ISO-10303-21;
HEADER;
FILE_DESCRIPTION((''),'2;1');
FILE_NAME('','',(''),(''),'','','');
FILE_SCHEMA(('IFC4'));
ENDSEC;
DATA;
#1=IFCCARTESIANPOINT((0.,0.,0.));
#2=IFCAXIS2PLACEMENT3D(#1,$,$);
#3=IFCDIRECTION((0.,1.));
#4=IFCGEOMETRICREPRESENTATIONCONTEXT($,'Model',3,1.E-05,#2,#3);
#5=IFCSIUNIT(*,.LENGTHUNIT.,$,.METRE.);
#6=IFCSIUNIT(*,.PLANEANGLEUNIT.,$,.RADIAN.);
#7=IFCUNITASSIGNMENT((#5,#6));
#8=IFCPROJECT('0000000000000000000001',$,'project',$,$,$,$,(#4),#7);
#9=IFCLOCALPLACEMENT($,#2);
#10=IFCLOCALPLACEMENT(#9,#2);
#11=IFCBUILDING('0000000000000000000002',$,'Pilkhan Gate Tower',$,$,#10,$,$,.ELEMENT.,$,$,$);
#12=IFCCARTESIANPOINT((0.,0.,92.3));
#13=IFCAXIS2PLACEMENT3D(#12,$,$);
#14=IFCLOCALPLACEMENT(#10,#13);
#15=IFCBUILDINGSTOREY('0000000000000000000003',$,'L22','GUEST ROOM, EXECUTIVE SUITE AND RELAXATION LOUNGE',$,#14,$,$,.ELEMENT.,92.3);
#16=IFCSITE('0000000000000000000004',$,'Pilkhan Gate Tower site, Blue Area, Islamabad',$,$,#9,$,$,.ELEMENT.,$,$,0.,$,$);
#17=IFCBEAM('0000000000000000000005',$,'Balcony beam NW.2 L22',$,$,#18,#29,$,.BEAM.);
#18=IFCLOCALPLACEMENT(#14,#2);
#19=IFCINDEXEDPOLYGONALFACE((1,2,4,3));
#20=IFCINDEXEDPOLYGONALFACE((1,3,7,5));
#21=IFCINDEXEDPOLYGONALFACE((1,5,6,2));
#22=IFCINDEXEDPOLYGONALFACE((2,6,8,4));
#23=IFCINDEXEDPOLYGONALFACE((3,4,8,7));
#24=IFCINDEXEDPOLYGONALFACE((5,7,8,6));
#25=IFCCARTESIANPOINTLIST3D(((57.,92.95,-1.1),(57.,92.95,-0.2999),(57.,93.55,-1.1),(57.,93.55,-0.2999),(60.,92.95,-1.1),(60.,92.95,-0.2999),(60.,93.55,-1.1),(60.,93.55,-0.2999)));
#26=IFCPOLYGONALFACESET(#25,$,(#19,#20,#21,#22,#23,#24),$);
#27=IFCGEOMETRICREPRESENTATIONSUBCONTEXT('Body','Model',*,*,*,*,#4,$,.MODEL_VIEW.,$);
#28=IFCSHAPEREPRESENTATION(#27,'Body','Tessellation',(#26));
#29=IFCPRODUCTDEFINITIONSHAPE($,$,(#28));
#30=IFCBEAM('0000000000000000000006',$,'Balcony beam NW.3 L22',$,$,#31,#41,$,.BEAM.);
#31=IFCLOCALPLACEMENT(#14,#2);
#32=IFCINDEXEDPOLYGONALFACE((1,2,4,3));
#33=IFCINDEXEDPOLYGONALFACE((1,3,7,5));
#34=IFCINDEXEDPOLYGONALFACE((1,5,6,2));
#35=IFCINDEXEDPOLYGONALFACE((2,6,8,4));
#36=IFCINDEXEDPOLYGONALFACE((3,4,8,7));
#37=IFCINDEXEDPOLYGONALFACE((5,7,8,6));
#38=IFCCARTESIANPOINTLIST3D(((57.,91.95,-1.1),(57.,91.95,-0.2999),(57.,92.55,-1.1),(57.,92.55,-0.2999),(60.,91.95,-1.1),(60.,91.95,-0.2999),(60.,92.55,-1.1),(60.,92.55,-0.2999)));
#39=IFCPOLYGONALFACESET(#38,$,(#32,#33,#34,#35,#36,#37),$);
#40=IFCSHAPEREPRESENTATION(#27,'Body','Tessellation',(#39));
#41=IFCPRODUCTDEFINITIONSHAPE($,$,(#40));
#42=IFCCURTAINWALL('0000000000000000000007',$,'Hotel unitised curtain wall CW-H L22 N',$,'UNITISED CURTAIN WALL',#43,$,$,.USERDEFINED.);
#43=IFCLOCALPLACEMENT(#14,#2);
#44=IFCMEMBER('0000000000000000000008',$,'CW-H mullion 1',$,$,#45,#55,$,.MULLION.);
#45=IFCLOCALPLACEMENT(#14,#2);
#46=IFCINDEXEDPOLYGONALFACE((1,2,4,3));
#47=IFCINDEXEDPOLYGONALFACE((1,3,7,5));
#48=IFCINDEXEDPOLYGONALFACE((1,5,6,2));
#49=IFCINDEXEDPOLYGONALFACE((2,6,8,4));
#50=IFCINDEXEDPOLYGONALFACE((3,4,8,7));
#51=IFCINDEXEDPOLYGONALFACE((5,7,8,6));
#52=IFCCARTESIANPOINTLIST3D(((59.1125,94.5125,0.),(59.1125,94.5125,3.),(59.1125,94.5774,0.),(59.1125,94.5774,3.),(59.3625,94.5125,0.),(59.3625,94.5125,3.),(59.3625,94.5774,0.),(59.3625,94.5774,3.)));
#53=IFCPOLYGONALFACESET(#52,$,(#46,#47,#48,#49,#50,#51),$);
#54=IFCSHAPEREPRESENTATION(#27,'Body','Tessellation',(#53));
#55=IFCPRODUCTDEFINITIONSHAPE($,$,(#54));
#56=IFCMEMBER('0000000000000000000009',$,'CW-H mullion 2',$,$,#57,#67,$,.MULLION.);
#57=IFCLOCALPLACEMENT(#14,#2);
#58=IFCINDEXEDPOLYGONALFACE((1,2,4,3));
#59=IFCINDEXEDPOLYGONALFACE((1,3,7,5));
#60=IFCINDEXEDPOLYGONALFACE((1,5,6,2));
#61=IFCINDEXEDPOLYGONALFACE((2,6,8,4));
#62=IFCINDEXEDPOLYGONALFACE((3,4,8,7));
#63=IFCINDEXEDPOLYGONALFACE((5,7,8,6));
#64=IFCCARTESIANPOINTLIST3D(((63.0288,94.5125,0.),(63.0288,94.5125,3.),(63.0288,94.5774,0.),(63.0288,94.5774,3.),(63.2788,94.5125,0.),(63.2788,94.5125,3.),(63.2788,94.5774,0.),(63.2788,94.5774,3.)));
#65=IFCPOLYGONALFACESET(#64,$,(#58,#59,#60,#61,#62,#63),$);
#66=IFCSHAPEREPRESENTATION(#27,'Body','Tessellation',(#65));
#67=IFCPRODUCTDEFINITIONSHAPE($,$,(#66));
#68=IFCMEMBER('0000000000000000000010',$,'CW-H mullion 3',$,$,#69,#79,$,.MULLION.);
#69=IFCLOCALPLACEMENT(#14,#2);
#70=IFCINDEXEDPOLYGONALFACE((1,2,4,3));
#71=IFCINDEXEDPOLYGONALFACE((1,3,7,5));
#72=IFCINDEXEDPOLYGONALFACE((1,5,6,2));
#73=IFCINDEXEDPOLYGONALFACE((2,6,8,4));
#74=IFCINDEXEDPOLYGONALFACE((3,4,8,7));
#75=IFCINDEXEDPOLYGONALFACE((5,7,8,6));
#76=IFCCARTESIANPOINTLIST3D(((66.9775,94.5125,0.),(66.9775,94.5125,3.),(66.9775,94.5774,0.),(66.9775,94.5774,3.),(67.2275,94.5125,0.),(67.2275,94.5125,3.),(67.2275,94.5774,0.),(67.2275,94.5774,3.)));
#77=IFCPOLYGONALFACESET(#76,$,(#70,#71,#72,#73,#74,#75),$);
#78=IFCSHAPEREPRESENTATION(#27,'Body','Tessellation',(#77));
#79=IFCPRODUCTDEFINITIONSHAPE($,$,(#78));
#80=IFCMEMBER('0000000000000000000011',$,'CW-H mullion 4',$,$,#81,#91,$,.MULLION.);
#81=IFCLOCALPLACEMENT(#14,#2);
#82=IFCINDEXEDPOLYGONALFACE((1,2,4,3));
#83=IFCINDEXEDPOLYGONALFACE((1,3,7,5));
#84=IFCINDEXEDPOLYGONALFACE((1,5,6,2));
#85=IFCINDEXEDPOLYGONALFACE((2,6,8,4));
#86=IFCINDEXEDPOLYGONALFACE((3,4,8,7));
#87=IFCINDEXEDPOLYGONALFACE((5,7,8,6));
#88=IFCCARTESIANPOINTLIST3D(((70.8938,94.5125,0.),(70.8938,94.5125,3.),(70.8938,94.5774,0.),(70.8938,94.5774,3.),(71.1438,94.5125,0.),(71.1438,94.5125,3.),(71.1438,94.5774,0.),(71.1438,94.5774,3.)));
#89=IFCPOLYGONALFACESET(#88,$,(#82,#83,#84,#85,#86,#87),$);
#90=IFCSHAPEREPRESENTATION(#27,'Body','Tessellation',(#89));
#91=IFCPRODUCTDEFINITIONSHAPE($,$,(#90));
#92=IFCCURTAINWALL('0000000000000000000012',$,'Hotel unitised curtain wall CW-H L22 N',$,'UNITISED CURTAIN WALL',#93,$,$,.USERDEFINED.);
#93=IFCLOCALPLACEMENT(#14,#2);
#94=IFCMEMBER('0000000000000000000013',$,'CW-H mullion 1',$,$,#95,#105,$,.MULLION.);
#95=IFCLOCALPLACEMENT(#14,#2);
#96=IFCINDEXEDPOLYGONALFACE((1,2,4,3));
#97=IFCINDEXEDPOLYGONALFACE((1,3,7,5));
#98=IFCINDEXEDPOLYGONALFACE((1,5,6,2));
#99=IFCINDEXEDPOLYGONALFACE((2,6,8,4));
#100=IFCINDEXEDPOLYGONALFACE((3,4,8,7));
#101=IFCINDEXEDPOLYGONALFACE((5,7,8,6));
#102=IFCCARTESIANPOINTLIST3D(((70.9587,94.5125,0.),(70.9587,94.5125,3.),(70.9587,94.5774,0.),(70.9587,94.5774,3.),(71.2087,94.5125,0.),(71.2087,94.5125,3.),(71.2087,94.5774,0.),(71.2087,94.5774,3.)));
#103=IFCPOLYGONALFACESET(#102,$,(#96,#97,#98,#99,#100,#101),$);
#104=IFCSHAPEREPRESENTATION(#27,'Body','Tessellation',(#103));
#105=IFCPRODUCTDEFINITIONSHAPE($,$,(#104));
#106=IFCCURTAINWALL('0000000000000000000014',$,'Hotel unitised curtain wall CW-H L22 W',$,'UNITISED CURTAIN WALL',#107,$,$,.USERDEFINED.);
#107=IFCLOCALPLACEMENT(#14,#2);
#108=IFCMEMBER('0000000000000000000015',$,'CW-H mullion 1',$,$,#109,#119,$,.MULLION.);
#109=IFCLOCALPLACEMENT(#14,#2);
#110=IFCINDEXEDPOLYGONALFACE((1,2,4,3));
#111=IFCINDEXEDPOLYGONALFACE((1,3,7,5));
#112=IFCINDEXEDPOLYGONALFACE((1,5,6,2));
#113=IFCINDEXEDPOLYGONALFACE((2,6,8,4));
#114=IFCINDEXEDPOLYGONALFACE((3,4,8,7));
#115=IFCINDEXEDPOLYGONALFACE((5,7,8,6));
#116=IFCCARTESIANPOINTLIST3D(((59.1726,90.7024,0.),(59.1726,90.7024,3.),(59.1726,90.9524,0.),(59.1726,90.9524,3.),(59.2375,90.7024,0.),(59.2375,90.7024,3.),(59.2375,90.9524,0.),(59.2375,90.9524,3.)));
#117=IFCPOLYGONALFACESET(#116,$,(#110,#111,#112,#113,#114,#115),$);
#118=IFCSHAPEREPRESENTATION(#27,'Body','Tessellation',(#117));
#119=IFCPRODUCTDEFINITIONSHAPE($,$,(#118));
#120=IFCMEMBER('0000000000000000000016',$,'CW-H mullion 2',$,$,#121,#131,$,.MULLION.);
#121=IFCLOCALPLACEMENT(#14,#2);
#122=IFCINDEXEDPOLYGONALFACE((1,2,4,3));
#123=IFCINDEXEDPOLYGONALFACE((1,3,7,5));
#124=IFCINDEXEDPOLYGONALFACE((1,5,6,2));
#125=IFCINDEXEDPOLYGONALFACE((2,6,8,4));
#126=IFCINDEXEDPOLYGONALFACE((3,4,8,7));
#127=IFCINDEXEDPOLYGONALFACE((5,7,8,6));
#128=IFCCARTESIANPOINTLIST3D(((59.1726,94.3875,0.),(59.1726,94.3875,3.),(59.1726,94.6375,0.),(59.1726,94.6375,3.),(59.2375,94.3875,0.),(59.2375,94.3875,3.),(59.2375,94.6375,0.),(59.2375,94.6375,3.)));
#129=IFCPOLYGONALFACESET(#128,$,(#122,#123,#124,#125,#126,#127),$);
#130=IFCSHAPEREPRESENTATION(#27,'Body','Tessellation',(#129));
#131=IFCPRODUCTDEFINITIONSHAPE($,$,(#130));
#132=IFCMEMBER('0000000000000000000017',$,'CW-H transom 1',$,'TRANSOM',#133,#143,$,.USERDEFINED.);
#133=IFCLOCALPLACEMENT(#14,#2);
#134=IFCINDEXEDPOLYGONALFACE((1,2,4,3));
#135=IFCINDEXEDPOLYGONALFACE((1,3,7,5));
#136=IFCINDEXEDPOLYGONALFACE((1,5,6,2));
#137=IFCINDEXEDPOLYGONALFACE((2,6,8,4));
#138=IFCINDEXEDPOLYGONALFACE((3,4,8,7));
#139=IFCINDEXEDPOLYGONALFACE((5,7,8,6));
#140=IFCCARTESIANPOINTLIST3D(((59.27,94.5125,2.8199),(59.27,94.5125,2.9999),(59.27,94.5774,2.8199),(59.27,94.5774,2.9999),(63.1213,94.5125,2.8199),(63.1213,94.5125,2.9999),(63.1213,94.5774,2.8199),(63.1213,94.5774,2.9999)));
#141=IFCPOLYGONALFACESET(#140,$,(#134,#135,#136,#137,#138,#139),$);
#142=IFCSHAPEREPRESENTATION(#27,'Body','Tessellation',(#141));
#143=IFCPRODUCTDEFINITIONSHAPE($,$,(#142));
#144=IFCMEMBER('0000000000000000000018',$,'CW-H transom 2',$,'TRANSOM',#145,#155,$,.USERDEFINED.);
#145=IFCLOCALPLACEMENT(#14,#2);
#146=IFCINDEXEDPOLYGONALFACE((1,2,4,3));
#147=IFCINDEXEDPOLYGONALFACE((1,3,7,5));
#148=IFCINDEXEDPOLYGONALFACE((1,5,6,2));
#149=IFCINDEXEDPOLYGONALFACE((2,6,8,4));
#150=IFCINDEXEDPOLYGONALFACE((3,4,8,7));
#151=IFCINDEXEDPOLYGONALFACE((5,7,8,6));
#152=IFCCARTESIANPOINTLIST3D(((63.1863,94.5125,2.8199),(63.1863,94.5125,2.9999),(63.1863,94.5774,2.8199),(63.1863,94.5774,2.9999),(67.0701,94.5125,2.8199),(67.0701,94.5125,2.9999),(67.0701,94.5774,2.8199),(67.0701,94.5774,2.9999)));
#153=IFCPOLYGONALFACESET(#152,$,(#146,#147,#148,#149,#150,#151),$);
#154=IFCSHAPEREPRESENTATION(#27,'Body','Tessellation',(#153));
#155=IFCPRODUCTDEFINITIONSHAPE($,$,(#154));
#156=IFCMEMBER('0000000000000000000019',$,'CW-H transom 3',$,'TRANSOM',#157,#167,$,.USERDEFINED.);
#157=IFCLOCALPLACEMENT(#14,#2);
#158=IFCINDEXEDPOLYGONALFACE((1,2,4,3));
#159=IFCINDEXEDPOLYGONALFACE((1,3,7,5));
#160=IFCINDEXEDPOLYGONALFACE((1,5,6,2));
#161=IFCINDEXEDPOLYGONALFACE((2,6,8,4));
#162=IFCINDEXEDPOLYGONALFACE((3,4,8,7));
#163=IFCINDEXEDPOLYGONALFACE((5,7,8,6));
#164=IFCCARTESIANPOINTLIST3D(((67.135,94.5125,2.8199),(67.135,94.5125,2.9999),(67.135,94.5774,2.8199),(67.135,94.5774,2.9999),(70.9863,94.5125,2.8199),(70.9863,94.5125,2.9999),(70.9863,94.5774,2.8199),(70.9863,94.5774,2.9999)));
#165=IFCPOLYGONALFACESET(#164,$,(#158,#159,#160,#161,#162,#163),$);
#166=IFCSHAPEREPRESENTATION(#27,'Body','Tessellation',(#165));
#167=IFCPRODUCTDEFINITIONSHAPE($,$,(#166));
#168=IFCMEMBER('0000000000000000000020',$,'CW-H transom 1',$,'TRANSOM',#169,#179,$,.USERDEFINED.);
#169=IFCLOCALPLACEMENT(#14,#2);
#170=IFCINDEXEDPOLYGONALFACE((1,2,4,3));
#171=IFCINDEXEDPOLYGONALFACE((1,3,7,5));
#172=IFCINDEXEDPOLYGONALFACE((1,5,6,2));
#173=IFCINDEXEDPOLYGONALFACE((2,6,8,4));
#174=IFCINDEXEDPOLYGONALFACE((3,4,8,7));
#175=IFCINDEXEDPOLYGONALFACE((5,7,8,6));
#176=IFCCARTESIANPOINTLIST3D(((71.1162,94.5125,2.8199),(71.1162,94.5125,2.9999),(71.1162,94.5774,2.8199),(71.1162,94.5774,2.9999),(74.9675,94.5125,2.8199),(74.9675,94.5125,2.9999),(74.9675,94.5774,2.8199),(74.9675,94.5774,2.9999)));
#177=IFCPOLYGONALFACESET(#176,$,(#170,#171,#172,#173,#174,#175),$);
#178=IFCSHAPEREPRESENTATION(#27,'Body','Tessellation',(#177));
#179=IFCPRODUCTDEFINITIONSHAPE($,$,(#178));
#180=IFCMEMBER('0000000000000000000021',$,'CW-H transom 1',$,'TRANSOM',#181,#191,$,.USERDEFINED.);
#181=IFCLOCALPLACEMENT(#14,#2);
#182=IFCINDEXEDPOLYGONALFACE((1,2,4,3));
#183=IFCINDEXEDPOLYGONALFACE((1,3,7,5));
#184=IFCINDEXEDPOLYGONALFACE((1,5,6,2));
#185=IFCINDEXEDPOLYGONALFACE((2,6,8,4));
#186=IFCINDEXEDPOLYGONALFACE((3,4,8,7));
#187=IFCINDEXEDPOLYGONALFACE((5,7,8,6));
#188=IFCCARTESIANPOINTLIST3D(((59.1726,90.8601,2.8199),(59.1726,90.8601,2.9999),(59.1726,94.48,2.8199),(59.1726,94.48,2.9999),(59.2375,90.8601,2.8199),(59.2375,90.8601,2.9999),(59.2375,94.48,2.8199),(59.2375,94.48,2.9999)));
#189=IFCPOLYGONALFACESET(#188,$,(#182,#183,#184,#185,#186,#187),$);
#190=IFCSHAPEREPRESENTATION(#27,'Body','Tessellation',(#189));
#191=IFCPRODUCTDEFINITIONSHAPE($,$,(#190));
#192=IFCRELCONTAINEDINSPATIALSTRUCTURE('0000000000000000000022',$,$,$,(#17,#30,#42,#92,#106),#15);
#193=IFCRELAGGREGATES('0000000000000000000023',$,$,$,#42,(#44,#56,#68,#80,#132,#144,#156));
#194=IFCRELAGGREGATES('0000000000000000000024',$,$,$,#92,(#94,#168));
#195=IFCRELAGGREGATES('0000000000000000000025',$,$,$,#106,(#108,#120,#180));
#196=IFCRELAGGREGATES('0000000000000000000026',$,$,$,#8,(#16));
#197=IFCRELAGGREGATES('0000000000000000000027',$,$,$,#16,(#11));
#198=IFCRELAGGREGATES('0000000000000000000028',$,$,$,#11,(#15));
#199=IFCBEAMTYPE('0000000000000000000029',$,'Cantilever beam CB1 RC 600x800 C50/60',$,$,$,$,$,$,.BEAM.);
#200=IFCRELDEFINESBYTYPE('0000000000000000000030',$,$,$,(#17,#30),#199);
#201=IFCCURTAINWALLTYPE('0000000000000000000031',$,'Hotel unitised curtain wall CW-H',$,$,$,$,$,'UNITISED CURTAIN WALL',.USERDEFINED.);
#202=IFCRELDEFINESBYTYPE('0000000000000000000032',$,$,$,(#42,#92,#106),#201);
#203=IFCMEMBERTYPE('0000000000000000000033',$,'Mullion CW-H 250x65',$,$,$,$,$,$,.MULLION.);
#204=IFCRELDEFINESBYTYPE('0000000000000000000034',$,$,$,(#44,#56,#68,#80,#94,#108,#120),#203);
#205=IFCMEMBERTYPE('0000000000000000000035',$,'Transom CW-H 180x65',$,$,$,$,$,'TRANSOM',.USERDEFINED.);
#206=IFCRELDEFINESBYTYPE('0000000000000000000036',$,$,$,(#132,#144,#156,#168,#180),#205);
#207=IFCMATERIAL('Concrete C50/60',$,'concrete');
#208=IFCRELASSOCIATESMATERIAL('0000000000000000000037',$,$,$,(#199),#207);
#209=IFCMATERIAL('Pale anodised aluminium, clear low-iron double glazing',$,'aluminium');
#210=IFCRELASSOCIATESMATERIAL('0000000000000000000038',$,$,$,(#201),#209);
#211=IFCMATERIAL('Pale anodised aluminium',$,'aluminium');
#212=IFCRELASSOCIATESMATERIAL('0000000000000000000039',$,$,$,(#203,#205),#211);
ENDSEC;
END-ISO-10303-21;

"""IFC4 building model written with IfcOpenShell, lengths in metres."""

from ifc_helpers import new_model, si_unit, direction, frame, origin, origin_2d, place, context, subcontext, project, spatial, rectangle, extrude, material, material_profile, profile_set, type_object, element, aggregate, save


model = new_model("IFC4")

# Units and contexts
model_context = context("Model", 3, precision=1e-05, world=origin(), true_north=direction((0.0, 1.0)))
body_context = subcontext(model_context, "Body", "Model", "MODEL_VIEW")
ifc_project = project(units=[si_unit("LENGTHUNIT", "METRE"), si_unit("PLANEANGLEUNIT", "RADIAN")], contexts=[model_context])

# Site, building, storey
site_placement = place(None, origin())
site = spatial("IfcSite", under=ifc_project, at=site_placement, Name="Pilkhan Gate Tower site, Blue Area, Islamabad", CompositionType="ELEMENT", RefElevation=0.0)
building_placement = place(site_placement, origin())
building = spatial("IfcBuilding", under=site, at=building_placement, Name="Pilkhan Gate Tower", CompositionType="ELEMENT")
storey_placement = place(building_placement, frame((0.0, 0.0, 92.3)))
storey = spatial("IfcBuildingStorey", under=building, at=storey_placement, Name="L22", Description="GUEST ROOM, EXECUTIVE SUITE AND RELAXATION LOUNGE", CompositionType="ELEMENT", Elevation=92.3)

# Beams
ifc_material_1 = material(Name="Concrete C50/60", Category="concrete")
ifc_material_profile_1 = material_profile(ifc_material_1, rectangle(XDim=0.6001, YDim=0.8, at=origin_2d()), Name="RC 600x800")
ifc_profile_set_1 = profile_set([ifc_material_profile_1], Name="Concrete C50/60")
beam_type = type_object("IfcBeamType", Name="Cantilever beam CB1 RC 600x800 C50/60", PredefinedType="BEAM", material=ifc_profile_set_1)
for number, where, z_axis, x_axis, name in (
    (1, (60.0, 93.25, -0.7), (-1.0, 0.0, 0.0), (0.0, -1.0, 0.0), "Balcony beam NW.2 L22"),
    (2, (60.0, 92.25, -0.7), (-1.0, 0.0, 0.0), (0.0, -1.0, 0.0), "Balcony beam NW.3 L22"),
):
    element("IfcBeam", number, at=place(storey_placement, frame(where, z_axis=z_axis, x_axis=x_axis)), inside=storey, type_object=beam_type, Name=name, PredefinedType="BEAM", context=body_context, shape_type="SweptSolid", body=[
        extrude(rectangle(XDim=0.6001, YDim=0.8, at=origin_2d()), origin(), (0.0, 0.0, 1.0), 3.0),
    ])

# Curtain wall, members
ifc_material_2 = material(Name="Pale anodised aluminium, clear low-iron double glazing", Category="aluminium")
curtain_wall_type = type_object("IfcCurtainWallType", Name="Hotel unitised curtain wall CW-H", ElementType="UNITISED CURTAIN WALL", PredefinedType="USERDEFINED", material=ifc_material_2)
curtain_wall_1_placement = place(storey_placement, origin())
curtain_wall_1 = element("IfcCurtainWall", 3, at=curtain_wall_1_placement, inside=storey, type_object=curtain_wall_type, Name="Hotel unitised curtain wall CW-H L22 N", ObjectType="UNITISED CURTAIN WALL", PredefinedType="USERDEFINED")
ifc_material_3 = material(Name="Pale anodised aluminium", Category="aluminium")
ifc_material_profile_2 = material_profile(ifc_material_3, rectangle(XDim=0.0649, YDim=0.25, at=origin_2d()), Name="Mullion 250x65")
ifc_profile_set_2 = profile_set([ifc_material_profile_2], Name="Pale anodised aluminium")
member_type_1 = type_object("IfcMemberType", Name="Mullion CW-H 250x65", PredefinedType="MULLION", material=ifc_profile_set_2)
member_1_placement = place(storey_placement, frame((59.2375, 94.5449, 0.0), z_axis=(0.0, 0.0, 1.0), x_axis=(0.0, 1.0, 0.0)))
member_1 = element("IfcMember", 4, at=member_1_placement, type_object=member_type_1, Name="CW-H mullion 1", PredefinedType="MULLION", context=body_context, shape_type="SweptSolid", body=[
    extrude(rectangle(XDim=0.0649, YDim=0.25, at=origin_2d()), origin(), (0.0, 0.0, 1.0), 3.0),
])
member_2_placement = place(storey_placement, frame((63.1538, 94.5449, 0.0), z_axis=(0.0, 0.0, 1.0), x_axis=(0.0, 1.0, 0.0)))
member_2 = element("IfcMember", 5, at=member_2_placement, type_object=member_type_1, Name="CW-H mullion 2", PredefinedType="MULLION", context=body_context, shape_type="SweptSolid", body=[
    extrude(rectangle(XDim=0.0649, YDim=0.25, at=origin_2d()), origin(), (0.0, 0.0, 1.0), 3.0),
])
member_3_placement = place(storey_placement, frame((67.1025, 94.5449, 0.0), z_axis=(0.0, 0.0, 1.0), x_axis=(0.0, 1.0, 0.0)))
member_3 = element("IfcMember", 6, at=member_3_placement, type_object=member_type_1, Name="CW-H mullion 3", PredefinedType="MULLION", context=body_context, shape_type="SweptSolid", body=[
    extrude(rectangle(XDim=0.0649, YDim=0.25, at=origin_2d()), origin(), (0.0, 0.0, 1.0), 3.0),
])
member_4_placement = place(storey_placement, frame((71.0188, 94.5449, 0.0), z_axis=(0.0, 0.0, 1.0), x_axis=(0.0, 1.0, 0.0)))
member_4 = element("IfcMember", 7, at=member_4_placement, type_object=member_type_1, Name="CW-H mullion 4", PredefinedType="MULLION", context=body_context, shape_type="SweptSolid", body=[
    extrude(rectangle(XDim=0.0649, YDim=0.25, at=origin_2d()), origin(), (0.0, 0.0, 1.0), 3.0),
])

# Curtain wall, member
curtain_wall_2_placement = place(storey_placement, origin())
curtain_wall_2 = element("IfcCurtainWall", 8, at=curtain_wall_2_placement, inside=storey, type_object=curtain_wall_type, Name="Hotel unitised curtain wall CW-H L22 N", ObjectType="UNITISED CURTAIN WALL", PredefinedType="USERDEFINED")
member_5_placement = place(storey_placement, frame((71.0837, 94.5449, 0.0), z_axis=(0.0, 0.0, 1.0), x_axis=(0.0, 1.0, 0.0)))
member_5 = element("IfcMember", 9, at=member_5_placement, type_object=member_type_1, Name="CW-H mullion 1", PredefinedType="MULLION", context=body_context, shape_type="SweptSolid", body=[
    extrude(rectangle(XDim=0.0649, YDim=0.25, at=origin_2d()), origin(), (0.0, 0.0, 1.0), 3.0),
])

# Curtain wall, members
curtain_wall_3_placement = place(storey_placement, origin())
curtain_wall_3 = element("IfcCurtainWall", 10, at=curtain_wall_3_placement, inside=storey, type_object=curtain_wall_type, Name="Hotel unitised curtain wall CW-H L22 W", ObjectType="UNITISED CURTAIN WALL", PredefinedType="USERDEFINED")
member_6_placement = place(storey_placement, frame((59.2051, 90.8274, 0.0), z_axis=(0.0, 0.0, 1.0), x_axis=(-1.0, 0.0, 0.0)))
member_6 = element("IfcMember", 11, at=member_6_placement, type_object=member_type_1, Name="CW-H mullion 1", PredefinedType="MULLION", context=body_context, shape_type="SweptSolid", body=[
    extrude(rectangle(XDim=0.0649, YDim=0.25, at=origin_2d()), origin(), (0.0, 0.0, 1.0), 3.0),
])
member_7_placement = place(storey_placement, frame((59.2051, 94.5125, 0.0), z_axis=(0.0, 0.0, 1.0), x_axis=(-1.0, 0.0, 0.0)))
member_7 = element("IfcMember", 12, at=member_7_placement, type_object=member_type_1, Name="CW-H mullion 2", PredefinedType="MULLION", context=body_context, shape_type="SweptSolid", body=[
    extrude(rectangle(XDim=0.0649, YDim=0.25, at=origin_2d()), origin(), (0.0, 0.0, 1.0), 3.0),
])

# Members
ifc_material_profile_3 = material_profile(ifc_material_3, rectangle(XDim=0.0649, YDim=0.1799, at=origin_2d()), Name="Transom 180x65")
ifc_profile_set_3 = profile_set([ifc_material_profile_3], Name="Pale anodised aluminium")
member_type_2 = type_object("IfcMemberType", Name="Transom CW-H 180x65", ElementType="TRANSOM", PredefinedType="USERDEFINED", material=ifc_profile_set_3)
member_8_placement = place(storey_placement, frame((59.27, 94.5449, 2.9099), z_axis=(1.0, 0.0, 0.0), x_axis=(0.0, 1.0, 0.0)))
member_8 = element("IfcMember", 13, at=member_8_placement, type_object=member_type_2, Name="CW-H transom 1", ObjectType="TRANSOM", PredefinedType="USERDEFINED", context=body_context, shape_type="SweptSolid", body=[
    extrude(rectangle(XDim=0.0649, YDim=0.1799, at=origin_2d()), origin(), (0.0, 0.0, 1.0), 3.8513),
])
member_9_placement = place(storey_placement, frame((63.1863, 94.5449, 2.9099), z_axis=(1.0, 0.0, 0.0), x_axis=(0.0, 1.0, 0.0)))
member_9 = element("IfcMember", 14, at=member_9_placement, type_object=member_type_2, Name="CW-H transom 2", ObjectType="TRANSOM", PredefinedType="USERDEFINED", context=body_context, shape_type="SweptSolid", body=[
    extrude(rectangle(XDim=0.0649, YDim=0.1799, at=origin_2d()), origin(), (0.0, 0.0, 1.0), 3.8838),
])
member_10_placement = place(storey_placement, frame((67.135, 94.5449, 2.9099), z_axis=(1.0, 0.0, 0.0), x_axis=(0.0, 1.0, 0.0)))
member_10 = element("IfcMember", 15, at=member_10_placement, type_object=member_type_2, Name="CW-H transom 3", ObjectType="TRANSOM", PredefinedType="USERDEFINED", context=body_context, shape_type="SweptSolid", body=[
    extrude(rectangle(XDim=0.0649, YDim=0.1799, at=origin_2d()), origin(), (0.0, 0.0, 1.0), 3.8513),
])
member_11_placement = place(storey_placement, frame((71.1162, 94.5449, 2.9099), z_axis=(1.0, 0.0, 0.0), x_axis=(0.0, 1.0, 0.0)))
member_11 = element("IfcMember", 16, at=member_11_placement, type_object=member_type_2, Name="CW-H transom 1", ObjectType="TRANSOM", PredefinedType="USERDEFINED", context=body_context, shape_type="SweptSolid", body=[
    extrude(rectangle(XDim=0.0649, YDim=0.1799, at=origin_2d()), origin(), (0.0, 0.0, 1.0), 3.8513),
])
member_12_placement = place(storey_placement, frame((59.2051, 90.8601, 2.9099), z_axis=(0.0, 1.0, 0.0), x_axis=(-1.0, 0.0, 0.0)))
member_12 = element("IfcMember", 17, at=member_12_placement, type_object=member_type_2, Name="CW-H transom 1", ObjectType="TRANSOM", PredefinedType="USERDEFINED", context=body_context, shape_type="SweptSolid", body=[
    extrude(rectangle(XDim=0.0649, YDim=0.1799, at=origin_2d()), origin(), (0.0, 0.0, 1.0), 3.6199),
])

aggregate(curtain_wall_1, [member_1, member_2, member_3, member_4, member_8, member_9, member_10])
aggregate(curtain_wall_2, [member_5, member_11])
aggregate(curtain_wall_3, [member_6, member_7, member_12])

save(model, "model.ifc")
